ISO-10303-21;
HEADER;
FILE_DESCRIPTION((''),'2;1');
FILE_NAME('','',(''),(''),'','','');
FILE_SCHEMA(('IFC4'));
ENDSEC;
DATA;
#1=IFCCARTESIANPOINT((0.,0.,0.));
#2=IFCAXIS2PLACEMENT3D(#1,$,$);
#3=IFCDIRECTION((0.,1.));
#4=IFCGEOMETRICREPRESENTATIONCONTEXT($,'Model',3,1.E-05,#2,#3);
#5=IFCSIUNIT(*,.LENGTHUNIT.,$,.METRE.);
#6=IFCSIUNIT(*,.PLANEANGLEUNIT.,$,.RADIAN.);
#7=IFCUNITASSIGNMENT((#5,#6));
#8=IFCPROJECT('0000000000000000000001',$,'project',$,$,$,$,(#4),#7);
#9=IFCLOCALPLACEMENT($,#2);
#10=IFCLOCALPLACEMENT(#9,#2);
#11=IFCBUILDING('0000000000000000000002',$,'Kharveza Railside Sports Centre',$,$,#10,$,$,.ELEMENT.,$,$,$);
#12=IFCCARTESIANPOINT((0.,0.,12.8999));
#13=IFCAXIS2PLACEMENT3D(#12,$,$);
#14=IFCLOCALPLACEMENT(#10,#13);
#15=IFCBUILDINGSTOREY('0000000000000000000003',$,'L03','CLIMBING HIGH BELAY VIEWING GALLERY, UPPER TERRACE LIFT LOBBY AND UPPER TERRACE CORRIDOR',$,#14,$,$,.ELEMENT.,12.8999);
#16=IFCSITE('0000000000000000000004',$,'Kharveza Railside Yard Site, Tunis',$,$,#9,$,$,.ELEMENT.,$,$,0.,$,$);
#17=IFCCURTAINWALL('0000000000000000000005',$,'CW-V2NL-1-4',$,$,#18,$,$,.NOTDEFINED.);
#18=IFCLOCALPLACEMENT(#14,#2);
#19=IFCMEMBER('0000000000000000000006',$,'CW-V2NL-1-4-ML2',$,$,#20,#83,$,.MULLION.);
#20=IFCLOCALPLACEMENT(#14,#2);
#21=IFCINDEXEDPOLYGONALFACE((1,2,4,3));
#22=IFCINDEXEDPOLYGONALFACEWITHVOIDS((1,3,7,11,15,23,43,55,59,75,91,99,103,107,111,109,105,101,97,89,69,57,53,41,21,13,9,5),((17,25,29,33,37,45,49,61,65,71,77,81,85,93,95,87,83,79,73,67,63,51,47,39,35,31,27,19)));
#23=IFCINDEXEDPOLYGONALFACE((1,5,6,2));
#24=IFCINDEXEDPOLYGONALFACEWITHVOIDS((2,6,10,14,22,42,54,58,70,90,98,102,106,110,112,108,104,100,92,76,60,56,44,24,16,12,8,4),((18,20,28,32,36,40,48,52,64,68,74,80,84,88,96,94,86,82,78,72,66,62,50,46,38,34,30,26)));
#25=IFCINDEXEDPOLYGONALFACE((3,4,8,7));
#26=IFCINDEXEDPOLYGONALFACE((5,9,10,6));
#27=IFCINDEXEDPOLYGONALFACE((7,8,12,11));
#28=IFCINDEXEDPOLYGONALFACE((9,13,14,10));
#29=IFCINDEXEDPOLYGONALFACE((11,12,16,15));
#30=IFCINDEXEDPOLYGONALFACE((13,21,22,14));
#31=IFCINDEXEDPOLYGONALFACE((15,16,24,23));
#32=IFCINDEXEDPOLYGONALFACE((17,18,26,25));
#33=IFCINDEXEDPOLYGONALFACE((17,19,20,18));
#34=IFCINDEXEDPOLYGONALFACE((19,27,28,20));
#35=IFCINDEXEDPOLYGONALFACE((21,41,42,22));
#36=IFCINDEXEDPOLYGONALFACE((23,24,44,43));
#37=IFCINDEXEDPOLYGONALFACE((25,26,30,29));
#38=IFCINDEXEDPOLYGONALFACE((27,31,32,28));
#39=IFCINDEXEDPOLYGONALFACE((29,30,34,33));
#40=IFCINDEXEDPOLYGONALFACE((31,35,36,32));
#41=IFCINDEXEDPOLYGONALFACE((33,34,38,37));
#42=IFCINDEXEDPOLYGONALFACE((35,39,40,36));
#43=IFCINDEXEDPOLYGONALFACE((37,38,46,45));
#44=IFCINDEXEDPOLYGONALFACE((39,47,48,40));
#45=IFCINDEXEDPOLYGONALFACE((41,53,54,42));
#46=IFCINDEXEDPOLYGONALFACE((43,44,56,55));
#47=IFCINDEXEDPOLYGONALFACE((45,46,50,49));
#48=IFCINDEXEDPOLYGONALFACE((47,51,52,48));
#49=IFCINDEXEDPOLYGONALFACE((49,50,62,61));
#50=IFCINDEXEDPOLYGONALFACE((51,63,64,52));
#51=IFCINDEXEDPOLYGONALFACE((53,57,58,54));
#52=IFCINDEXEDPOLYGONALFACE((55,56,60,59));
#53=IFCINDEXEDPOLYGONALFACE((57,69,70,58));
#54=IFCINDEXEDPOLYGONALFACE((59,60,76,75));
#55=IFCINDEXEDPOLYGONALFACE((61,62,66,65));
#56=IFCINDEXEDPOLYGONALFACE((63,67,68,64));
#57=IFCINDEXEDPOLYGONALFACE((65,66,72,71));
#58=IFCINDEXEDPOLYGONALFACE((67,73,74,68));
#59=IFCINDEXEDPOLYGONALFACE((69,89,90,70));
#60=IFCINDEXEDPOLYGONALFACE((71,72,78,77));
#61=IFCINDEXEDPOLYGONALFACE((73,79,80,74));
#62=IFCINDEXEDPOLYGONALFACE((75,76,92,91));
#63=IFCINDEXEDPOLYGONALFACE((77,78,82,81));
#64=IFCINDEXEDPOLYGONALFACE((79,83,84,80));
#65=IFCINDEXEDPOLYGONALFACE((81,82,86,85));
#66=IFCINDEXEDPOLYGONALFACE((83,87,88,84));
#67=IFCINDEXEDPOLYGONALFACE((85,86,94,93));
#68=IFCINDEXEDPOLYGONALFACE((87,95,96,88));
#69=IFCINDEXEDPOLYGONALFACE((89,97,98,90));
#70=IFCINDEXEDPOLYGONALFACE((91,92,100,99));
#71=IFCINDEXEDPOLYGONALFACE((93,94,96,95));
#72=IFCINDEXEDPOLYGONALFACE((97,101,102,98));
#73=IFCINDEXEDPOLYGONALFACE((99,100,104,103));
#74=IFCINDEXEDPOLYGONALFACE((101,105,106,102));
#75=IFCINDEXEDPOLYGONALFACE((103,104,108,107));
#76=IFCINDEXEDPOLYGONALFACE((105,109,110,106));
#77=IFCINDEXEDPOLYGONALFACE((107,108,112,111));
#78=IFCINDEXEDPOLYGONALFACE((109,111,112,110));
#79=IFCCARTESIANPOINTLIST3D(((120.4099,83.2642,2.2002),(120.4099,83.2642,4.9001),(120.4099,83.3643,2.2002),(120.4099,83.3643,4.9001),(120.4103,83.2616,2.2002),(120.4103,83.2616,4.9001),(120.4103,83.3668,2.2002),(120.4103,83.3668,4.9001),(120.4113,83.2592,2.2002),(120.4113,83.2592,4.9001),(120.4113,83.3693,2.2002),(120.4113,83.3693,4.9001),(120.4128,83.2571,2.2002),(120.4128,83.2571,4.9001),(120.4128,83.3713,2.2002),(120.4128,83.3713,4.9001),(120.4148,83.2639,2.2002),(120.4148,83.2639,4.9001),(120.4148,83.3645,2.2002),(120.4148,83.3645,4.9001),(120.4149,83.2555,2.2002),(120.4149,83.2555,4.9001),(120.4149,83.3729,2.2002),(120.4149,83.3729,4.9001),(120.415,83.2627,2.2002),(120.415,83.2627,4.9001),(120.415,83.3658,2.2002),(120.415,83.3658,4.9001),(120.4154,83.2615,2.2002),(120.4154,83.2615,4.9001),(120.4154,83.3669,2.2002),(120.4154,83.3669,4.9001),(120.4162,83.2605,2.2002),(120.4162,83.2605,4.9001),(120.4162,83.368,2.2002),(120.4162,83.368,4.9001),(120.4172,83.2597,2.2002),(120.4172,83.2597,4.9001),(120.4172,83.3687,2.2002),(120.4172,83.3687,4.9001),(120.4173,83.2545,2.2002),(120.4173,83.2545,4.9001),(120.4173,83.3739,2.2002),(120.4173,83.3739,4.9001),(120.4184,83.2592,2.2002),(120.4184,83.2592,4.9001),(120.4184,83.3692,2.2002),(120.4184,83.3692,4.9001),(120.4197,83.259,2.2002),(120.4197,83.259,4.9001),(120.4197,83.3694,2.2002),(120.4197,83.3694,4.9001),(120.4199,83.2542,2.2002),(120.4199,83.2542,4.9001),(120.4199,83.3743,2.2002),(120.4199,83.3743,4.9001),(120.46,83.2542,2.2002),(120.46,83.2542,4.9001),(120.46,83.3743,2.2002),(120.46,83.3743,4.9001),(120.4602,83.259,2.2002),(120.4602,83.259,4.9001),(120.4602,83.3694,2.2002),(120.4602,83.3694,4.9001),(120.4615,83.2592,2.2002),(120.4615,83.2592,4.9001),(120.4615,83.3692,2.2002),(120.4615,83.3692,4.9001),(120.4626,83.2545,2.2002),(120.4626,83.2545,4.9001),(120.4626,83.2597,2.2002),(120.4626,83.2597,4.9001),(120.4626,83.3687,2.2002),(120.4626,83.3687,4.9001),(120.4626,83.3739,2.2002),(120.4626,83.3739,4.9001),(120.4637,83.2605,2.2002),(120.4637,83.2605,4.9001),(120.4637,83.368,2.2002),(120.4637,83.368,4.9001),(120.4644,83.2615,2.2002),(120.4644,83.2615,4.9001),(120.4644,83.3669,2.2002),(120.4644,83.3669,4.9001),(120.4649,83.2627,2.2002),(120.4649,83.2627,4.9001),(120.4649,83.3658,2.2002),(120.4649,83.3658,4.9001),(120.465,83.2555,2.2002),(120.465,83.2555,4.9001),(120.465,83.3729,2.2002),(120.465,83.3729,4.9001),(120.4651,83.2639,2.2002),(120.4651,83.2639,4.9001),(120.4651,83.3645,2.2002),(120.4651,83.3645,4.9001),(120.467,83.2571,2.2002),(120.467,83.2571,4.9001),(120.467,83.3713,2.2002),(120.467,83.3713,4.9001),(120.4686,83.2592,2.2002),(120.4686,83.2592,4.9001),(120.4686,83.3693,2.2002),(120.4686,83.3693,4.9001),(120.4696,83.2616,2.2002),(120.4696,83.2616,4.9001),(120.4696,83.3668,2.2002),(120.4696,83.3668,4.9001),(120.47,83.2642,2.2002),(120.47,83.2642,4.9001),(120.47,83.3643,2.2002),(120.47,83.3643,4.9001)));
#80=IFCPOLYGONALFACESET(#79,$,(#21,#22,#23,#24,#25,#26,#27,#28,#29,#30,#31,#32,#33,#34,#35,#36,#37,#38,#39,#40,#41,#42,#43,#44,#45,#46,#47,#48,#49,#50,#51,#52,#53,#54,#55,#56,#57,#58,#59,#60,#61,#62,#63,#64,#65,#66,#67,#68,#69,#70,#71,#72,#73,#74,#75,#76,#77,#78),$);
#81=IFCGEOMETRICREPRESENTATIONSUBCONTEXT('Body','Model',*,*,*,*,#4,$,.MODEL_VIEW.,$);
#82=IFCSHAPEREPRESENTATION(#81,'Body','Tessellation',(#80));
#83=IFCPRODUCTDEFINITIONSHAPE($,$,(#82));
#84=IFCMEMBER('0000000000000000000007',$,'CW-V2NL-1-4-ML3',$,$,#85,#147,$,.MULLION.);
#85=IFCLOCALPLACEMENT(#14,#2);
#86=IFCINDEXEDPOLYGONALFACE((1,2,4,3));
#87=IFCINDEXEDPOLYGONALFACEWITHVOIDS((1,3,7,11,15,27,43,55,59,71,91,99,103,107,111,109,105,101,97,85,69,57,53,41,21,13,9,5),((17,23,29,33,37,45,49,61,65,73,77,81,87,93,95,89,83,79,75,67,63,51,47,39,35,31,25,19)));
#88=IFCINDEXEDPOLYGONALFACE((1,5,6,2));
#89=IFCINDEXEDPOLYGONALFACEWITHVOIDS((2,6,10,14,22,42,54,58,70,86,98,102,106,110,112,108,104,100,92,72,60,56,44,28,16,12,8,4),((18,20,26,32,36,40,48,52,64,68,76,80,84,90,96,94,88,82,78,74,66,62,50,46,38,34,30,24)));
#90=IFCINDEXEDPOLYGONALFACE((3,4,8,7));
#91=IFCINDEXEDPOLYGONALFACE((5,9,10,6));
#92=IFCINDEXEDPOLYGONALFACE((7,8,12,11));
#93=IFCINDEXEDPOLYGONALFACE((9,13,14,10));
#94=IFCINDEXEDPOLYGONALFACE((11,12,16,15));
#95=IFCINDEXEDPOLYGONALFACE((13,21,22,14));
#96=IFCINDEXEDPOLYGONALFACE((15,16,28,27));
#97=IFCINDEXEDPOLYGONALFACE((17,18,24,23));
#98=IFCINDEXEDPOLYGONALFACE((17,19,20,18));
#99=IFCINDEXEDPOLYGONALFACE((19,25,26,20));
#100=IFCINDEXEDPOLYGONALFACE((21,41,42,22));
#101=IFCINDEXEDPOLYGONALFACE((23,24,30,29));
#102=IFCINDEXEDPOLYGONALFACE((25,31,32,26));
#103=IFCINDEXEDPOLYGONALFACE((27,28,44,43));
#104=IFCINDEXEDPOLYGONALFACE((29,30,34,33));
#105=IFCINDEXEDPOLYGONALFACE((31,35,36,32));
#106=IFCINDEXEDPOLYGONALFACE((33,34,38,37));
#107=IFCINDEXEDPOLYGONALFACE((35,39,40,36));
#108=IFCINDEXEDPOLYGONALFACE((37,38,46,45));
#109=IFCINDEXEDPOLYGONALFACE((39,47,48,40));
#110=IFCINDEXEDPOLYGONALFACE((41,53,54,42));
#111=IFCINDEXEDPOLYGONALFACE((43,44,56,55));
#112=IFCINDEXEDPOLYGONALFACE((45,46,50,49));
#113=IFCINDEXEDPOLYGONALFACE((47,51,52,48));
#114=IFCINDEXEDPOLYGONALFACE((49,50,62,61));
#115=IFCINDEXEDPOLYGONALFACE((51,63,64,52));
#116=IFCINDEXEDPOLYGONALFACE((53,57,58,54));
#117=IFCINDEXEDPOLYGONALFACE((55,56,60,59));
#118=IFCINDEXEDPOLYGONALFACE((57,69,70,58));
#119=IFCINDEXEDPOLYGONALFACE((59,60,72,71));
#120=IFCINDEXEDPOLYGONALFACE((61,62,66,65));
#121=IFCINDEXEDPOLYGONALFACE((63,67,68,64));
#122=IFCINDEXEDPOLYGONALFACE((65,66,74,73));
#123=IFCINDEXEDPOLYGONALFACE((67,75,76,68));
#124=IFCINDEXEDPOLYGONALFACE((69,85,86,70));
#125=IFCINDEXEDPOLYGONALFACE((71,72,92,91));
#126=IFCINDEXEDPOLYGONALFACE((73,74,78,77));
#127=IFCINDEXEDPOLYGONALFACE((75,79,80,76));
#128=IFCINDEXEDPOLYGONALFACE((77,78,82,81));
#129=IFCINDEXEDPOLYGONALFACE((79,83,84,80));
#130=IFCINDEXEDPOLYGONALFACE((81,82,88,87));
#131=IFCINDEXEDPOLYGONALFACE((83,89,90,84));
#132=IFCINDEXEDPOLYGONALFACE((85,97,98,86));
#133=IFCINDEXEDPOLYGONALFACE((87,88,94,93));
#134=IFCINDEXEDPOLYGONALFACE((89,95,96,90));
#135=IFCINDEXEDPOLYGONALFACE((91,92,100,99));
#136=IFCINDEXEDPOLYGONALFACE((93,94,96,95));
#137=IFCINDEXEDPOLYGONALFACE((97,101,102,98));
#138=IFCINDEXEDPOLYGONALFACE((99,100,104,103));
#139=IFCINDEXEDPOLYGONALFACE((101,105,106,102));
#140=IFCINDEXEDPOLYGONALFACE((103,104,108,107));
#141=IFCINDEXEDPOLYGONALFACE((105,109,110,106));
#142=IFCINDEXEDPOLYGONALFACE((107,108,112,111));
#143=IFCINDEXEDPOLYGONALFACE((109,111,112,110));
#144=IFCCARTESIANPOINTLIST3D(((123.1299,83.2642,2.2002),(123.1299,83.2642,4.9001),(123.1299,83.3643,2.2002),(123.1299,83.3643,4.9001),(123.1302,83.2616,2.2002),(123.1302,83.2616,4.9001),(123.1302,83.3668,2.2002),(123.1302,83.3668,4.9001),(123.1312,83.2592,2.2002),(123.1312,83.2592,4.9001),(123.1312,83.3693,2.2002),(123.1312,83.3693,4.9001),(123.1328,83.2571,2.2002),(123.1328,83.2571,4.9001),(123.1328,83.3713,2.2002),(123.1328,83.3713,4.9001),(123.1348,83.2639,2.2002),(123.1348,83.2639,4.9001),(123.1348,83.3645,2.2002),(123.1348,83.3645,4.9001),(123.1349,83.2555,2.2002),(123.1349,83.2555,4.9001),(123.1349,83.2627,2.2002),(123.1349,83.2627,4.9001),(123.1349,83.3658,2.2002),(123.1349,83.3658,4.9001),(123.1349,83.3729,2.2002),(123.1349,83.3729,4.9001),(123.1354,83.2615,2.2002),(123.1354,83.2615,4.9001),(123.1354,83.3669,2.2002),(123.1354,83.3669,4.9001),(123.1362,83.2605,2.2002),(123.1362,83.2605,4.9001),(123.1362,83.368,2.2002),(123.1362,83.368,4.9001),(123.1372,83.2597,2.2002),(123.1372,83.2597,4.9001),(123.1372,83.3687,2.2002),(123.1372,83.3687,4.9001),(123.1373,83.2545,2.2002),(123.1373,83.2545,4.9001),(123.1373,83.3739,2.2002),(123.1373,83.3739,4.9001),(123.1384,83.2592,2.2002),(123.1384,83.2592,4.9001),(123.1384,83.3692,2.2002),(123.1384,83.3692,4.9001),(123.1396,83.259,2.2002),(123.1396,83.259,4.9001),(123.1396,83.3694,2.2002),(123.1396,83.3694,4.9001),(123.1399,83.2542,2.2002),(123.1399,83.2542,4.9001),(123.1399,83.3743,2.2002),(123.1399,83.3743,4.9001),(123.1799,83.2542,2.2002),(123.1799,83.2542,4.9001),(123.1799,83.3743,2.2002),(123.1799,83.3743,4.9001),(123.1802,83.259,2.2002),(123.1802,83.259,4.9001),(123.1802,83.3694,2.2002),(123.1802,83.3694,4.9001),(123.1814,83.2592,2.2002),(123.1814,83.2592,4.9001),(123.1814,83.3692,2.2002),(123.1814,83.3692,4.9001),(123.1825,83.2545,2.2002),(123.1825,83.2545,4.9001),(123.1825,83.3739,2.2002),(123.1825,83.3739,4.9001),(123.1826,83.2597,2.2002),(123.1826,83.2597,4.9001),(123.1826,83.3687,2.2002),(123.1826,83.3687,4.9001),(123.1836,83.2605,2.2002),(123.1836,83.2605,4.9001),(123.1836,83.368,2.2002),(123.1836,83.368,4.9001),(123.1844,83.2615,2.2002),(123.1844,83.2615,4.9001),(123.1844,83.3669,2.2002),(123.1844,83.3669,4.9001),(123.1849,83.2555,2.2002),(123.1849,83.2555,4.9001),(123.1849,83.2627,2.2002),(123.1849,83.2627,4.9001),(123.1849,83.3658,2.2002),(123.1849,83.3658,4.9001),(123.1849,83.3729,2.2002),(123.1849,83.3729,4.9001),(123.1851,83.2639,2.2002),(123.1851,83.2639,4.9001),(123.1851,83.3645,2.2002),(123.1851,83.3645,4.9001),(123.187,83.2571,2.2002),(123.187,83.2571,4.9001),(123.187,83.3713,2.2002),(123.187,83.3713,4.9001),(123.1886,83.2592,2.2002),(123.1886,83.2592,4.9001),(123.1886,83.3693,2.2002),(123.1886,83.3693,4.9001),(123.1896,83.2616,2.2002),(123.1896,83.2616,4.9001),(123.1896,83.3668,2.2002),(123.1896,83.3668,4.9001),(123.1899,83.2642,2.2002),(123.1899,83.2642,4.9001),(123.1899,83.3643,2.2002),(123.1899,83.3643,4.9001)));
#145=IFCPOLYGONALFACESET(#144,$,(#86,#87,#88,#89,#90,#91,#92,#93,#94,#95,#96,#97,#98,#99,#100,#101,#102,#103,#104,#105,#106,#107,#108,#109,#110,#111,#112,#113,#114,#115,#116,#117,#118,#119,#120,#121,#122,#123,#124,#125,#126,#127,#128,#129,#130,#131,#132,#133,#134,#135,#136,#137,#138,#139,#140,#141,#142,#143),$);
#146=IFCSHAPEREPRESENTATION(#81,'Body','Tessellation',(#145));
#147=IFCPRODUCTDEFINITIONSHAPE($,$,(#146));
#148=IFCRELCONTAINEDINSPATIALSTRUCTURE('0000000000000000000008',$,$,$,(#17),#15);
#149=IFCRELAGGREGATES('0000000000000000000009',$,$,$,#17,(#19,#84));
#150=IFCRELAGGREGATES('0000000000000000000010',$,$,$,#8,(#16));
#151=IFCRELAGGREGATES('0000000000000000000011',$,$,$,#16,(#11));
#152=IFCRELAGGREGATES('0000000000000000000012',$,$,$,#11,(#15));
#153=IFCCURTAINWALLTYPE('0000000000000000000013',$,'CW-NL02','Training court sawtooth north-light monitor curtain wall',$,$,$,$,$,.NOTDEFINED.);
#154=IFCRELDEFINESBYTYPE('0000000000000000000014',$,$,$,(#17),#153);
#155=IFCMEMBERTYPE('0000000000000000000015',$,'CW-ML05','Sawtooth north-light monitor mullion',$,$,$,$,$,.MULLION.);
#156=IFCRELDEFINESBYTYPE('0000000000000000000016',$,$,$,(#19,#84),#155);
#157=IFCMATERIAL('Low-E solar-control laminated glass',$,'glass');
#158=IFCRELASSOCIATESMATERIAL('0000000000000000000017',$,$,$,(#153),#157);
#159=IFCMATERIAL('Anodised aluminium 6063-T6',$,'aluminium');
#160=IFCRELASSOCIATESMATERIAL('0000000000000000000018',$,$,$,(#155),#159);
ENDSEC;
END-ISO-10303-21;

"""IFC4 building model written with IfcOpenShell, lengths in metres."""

from ifc_helpers import new_model, si_unit, direction, frame, origin, origin_2d, place, context, subcontext, project, spatial, hollow_rectangle, extrude, material, material_profile, profile_set, type_object, element, aggregate, save


model = new_model("IFC4")

# Units and contexts
model_context = context("Model", 3, precision=1e-05, world=origin(), true_north=direction((0.0, 1.0)))
body_context = subcontext(model_context, "Body", "Model", "MODEL_VIEW")
ifc_project = project(units=[si_unit("LENGTHUNIT", "METRE"), si_unit("PLANEANGLEUNIT", "RADIAN")], contexts=[model_context])

# Site, building, storey
site_placement = place(None, origin())
site = spatial("IfcSite", under=ifc_project, at=site_placement, Name="Kharveza Railside Yard Site, Tunis", CompositionType="ELEMENT", RefElevation=0.0)
building_placement = place(site_placement, origin())
building = spatial("IfcBuilding", under=site, at=building_placement, Name="Kharveza Railside Sports Centre", CompositionType="ELEMENT")
storey_placement = place(building_placement, frame((0.0, 0.0, 12.8999)))
storey = spatial("IfcBuildingStorey", under=building, at=storey_placement, Name="L03", Description="CLIMBING HIGH BELAY VIEWING GALLERY, UPPER TERRACE LIFT LOBBY AND UPPER TERRACE CORRIDOR", CompositionType="ELEMENT", Elevation=12.8999)

# Curtain wall, members
ifc_material_1 = material(Name="Low-E solar-control laminated glass", Category="glass")
curtain_wall_type = type_object("IfcCurtainWallType", Name="CW-NL02", Description="Training court sawtooth north-light monitor curtain wall", PredefinedType="NOTDEFINED", material=ifc_material_1)
curtain_wall_1_placement = place(storey_placement, origin())
curtain_wall_1 = element("IfcCurtainWall", 1, at=curtain_wall_1_placement, inside=storey, type_object=curtain_wall_type, Name="CW-V2NL-1-4", PredefinedType="NOTDEFINED")
ifc_material_2 = material(Name="Anodised aluminium 6063-T6", Category="aluminium")
ifc_material_profile_1 = material_profile(ifc_material_2, hollow_rectangle(XDim=0.0601, YDim=0.1201, WallThickness=0.0049, InnerFilletRadius=0.0049, OuterFilletRadius=0.01, at=origin_2d()), Name="RHS 60x120x5.0")
ifc_profile_set_1 = profile_set([ifc_material_profile_1], Name="Anodised aluminium 6063-T6")
member_type_1 = type_object("IfcMemberType", Name="CW-ML05", Description="Sawtooth north-light monitor mullion", PredefinedType="MULLION", material=ifc_profile_set_1)
member_1_placement = place(storey_placement, frame((120.4399, 83.3142, 2.2002), z_axis=(0.0, 0.0, 1.0), x_axis=(1.0, 0.0, 0.0)))
member_1 = element("IfcMember", 2, at=member_1_placement, type_object=member_type_1, Name="CW-V2NL-1-4-ML2", PredefinedType="MULLION", context=body_context, shape_type="SweptSolid", body=[
    extrude(hollow_rectangle(XDim=0.0601, YDim=0.1201, WallThickness=0.0049, InnerFilletRadius=0.0049, OuterFilletRadius=0.01, at=origin_2d()), origin(), (0.0, 0.0, 1.0), 2.7),
])
member_2_placement = place(storey_placement, frame((123.1599, 83.3142, 2.2002), z_axis=(0.0, 0.0, 1.0), x_axis=(1.0, 0.0, 0.0)))
member_2 = element("IfcMember", 3, at=member_2_placement, type_object=member_type_1, Name="CW-V2NL-1-4-ML3", PredefinedType="MULLION", context=body_context, shape_type="SweptSolid", body=[
    extrude(hollow_rectangle(XDim=0.0601, YDim=0.1201, WallThickness=0.0049, InnerFilletRadius=0.0049, OuterFilletRadius=0.01, at=origin_2d()), origin(), (0.0, 0.0, 1.0), 2.7),
])

aggregate(curtain_wall_1, [member_1, member_2])

save(model, "model.ifc")
